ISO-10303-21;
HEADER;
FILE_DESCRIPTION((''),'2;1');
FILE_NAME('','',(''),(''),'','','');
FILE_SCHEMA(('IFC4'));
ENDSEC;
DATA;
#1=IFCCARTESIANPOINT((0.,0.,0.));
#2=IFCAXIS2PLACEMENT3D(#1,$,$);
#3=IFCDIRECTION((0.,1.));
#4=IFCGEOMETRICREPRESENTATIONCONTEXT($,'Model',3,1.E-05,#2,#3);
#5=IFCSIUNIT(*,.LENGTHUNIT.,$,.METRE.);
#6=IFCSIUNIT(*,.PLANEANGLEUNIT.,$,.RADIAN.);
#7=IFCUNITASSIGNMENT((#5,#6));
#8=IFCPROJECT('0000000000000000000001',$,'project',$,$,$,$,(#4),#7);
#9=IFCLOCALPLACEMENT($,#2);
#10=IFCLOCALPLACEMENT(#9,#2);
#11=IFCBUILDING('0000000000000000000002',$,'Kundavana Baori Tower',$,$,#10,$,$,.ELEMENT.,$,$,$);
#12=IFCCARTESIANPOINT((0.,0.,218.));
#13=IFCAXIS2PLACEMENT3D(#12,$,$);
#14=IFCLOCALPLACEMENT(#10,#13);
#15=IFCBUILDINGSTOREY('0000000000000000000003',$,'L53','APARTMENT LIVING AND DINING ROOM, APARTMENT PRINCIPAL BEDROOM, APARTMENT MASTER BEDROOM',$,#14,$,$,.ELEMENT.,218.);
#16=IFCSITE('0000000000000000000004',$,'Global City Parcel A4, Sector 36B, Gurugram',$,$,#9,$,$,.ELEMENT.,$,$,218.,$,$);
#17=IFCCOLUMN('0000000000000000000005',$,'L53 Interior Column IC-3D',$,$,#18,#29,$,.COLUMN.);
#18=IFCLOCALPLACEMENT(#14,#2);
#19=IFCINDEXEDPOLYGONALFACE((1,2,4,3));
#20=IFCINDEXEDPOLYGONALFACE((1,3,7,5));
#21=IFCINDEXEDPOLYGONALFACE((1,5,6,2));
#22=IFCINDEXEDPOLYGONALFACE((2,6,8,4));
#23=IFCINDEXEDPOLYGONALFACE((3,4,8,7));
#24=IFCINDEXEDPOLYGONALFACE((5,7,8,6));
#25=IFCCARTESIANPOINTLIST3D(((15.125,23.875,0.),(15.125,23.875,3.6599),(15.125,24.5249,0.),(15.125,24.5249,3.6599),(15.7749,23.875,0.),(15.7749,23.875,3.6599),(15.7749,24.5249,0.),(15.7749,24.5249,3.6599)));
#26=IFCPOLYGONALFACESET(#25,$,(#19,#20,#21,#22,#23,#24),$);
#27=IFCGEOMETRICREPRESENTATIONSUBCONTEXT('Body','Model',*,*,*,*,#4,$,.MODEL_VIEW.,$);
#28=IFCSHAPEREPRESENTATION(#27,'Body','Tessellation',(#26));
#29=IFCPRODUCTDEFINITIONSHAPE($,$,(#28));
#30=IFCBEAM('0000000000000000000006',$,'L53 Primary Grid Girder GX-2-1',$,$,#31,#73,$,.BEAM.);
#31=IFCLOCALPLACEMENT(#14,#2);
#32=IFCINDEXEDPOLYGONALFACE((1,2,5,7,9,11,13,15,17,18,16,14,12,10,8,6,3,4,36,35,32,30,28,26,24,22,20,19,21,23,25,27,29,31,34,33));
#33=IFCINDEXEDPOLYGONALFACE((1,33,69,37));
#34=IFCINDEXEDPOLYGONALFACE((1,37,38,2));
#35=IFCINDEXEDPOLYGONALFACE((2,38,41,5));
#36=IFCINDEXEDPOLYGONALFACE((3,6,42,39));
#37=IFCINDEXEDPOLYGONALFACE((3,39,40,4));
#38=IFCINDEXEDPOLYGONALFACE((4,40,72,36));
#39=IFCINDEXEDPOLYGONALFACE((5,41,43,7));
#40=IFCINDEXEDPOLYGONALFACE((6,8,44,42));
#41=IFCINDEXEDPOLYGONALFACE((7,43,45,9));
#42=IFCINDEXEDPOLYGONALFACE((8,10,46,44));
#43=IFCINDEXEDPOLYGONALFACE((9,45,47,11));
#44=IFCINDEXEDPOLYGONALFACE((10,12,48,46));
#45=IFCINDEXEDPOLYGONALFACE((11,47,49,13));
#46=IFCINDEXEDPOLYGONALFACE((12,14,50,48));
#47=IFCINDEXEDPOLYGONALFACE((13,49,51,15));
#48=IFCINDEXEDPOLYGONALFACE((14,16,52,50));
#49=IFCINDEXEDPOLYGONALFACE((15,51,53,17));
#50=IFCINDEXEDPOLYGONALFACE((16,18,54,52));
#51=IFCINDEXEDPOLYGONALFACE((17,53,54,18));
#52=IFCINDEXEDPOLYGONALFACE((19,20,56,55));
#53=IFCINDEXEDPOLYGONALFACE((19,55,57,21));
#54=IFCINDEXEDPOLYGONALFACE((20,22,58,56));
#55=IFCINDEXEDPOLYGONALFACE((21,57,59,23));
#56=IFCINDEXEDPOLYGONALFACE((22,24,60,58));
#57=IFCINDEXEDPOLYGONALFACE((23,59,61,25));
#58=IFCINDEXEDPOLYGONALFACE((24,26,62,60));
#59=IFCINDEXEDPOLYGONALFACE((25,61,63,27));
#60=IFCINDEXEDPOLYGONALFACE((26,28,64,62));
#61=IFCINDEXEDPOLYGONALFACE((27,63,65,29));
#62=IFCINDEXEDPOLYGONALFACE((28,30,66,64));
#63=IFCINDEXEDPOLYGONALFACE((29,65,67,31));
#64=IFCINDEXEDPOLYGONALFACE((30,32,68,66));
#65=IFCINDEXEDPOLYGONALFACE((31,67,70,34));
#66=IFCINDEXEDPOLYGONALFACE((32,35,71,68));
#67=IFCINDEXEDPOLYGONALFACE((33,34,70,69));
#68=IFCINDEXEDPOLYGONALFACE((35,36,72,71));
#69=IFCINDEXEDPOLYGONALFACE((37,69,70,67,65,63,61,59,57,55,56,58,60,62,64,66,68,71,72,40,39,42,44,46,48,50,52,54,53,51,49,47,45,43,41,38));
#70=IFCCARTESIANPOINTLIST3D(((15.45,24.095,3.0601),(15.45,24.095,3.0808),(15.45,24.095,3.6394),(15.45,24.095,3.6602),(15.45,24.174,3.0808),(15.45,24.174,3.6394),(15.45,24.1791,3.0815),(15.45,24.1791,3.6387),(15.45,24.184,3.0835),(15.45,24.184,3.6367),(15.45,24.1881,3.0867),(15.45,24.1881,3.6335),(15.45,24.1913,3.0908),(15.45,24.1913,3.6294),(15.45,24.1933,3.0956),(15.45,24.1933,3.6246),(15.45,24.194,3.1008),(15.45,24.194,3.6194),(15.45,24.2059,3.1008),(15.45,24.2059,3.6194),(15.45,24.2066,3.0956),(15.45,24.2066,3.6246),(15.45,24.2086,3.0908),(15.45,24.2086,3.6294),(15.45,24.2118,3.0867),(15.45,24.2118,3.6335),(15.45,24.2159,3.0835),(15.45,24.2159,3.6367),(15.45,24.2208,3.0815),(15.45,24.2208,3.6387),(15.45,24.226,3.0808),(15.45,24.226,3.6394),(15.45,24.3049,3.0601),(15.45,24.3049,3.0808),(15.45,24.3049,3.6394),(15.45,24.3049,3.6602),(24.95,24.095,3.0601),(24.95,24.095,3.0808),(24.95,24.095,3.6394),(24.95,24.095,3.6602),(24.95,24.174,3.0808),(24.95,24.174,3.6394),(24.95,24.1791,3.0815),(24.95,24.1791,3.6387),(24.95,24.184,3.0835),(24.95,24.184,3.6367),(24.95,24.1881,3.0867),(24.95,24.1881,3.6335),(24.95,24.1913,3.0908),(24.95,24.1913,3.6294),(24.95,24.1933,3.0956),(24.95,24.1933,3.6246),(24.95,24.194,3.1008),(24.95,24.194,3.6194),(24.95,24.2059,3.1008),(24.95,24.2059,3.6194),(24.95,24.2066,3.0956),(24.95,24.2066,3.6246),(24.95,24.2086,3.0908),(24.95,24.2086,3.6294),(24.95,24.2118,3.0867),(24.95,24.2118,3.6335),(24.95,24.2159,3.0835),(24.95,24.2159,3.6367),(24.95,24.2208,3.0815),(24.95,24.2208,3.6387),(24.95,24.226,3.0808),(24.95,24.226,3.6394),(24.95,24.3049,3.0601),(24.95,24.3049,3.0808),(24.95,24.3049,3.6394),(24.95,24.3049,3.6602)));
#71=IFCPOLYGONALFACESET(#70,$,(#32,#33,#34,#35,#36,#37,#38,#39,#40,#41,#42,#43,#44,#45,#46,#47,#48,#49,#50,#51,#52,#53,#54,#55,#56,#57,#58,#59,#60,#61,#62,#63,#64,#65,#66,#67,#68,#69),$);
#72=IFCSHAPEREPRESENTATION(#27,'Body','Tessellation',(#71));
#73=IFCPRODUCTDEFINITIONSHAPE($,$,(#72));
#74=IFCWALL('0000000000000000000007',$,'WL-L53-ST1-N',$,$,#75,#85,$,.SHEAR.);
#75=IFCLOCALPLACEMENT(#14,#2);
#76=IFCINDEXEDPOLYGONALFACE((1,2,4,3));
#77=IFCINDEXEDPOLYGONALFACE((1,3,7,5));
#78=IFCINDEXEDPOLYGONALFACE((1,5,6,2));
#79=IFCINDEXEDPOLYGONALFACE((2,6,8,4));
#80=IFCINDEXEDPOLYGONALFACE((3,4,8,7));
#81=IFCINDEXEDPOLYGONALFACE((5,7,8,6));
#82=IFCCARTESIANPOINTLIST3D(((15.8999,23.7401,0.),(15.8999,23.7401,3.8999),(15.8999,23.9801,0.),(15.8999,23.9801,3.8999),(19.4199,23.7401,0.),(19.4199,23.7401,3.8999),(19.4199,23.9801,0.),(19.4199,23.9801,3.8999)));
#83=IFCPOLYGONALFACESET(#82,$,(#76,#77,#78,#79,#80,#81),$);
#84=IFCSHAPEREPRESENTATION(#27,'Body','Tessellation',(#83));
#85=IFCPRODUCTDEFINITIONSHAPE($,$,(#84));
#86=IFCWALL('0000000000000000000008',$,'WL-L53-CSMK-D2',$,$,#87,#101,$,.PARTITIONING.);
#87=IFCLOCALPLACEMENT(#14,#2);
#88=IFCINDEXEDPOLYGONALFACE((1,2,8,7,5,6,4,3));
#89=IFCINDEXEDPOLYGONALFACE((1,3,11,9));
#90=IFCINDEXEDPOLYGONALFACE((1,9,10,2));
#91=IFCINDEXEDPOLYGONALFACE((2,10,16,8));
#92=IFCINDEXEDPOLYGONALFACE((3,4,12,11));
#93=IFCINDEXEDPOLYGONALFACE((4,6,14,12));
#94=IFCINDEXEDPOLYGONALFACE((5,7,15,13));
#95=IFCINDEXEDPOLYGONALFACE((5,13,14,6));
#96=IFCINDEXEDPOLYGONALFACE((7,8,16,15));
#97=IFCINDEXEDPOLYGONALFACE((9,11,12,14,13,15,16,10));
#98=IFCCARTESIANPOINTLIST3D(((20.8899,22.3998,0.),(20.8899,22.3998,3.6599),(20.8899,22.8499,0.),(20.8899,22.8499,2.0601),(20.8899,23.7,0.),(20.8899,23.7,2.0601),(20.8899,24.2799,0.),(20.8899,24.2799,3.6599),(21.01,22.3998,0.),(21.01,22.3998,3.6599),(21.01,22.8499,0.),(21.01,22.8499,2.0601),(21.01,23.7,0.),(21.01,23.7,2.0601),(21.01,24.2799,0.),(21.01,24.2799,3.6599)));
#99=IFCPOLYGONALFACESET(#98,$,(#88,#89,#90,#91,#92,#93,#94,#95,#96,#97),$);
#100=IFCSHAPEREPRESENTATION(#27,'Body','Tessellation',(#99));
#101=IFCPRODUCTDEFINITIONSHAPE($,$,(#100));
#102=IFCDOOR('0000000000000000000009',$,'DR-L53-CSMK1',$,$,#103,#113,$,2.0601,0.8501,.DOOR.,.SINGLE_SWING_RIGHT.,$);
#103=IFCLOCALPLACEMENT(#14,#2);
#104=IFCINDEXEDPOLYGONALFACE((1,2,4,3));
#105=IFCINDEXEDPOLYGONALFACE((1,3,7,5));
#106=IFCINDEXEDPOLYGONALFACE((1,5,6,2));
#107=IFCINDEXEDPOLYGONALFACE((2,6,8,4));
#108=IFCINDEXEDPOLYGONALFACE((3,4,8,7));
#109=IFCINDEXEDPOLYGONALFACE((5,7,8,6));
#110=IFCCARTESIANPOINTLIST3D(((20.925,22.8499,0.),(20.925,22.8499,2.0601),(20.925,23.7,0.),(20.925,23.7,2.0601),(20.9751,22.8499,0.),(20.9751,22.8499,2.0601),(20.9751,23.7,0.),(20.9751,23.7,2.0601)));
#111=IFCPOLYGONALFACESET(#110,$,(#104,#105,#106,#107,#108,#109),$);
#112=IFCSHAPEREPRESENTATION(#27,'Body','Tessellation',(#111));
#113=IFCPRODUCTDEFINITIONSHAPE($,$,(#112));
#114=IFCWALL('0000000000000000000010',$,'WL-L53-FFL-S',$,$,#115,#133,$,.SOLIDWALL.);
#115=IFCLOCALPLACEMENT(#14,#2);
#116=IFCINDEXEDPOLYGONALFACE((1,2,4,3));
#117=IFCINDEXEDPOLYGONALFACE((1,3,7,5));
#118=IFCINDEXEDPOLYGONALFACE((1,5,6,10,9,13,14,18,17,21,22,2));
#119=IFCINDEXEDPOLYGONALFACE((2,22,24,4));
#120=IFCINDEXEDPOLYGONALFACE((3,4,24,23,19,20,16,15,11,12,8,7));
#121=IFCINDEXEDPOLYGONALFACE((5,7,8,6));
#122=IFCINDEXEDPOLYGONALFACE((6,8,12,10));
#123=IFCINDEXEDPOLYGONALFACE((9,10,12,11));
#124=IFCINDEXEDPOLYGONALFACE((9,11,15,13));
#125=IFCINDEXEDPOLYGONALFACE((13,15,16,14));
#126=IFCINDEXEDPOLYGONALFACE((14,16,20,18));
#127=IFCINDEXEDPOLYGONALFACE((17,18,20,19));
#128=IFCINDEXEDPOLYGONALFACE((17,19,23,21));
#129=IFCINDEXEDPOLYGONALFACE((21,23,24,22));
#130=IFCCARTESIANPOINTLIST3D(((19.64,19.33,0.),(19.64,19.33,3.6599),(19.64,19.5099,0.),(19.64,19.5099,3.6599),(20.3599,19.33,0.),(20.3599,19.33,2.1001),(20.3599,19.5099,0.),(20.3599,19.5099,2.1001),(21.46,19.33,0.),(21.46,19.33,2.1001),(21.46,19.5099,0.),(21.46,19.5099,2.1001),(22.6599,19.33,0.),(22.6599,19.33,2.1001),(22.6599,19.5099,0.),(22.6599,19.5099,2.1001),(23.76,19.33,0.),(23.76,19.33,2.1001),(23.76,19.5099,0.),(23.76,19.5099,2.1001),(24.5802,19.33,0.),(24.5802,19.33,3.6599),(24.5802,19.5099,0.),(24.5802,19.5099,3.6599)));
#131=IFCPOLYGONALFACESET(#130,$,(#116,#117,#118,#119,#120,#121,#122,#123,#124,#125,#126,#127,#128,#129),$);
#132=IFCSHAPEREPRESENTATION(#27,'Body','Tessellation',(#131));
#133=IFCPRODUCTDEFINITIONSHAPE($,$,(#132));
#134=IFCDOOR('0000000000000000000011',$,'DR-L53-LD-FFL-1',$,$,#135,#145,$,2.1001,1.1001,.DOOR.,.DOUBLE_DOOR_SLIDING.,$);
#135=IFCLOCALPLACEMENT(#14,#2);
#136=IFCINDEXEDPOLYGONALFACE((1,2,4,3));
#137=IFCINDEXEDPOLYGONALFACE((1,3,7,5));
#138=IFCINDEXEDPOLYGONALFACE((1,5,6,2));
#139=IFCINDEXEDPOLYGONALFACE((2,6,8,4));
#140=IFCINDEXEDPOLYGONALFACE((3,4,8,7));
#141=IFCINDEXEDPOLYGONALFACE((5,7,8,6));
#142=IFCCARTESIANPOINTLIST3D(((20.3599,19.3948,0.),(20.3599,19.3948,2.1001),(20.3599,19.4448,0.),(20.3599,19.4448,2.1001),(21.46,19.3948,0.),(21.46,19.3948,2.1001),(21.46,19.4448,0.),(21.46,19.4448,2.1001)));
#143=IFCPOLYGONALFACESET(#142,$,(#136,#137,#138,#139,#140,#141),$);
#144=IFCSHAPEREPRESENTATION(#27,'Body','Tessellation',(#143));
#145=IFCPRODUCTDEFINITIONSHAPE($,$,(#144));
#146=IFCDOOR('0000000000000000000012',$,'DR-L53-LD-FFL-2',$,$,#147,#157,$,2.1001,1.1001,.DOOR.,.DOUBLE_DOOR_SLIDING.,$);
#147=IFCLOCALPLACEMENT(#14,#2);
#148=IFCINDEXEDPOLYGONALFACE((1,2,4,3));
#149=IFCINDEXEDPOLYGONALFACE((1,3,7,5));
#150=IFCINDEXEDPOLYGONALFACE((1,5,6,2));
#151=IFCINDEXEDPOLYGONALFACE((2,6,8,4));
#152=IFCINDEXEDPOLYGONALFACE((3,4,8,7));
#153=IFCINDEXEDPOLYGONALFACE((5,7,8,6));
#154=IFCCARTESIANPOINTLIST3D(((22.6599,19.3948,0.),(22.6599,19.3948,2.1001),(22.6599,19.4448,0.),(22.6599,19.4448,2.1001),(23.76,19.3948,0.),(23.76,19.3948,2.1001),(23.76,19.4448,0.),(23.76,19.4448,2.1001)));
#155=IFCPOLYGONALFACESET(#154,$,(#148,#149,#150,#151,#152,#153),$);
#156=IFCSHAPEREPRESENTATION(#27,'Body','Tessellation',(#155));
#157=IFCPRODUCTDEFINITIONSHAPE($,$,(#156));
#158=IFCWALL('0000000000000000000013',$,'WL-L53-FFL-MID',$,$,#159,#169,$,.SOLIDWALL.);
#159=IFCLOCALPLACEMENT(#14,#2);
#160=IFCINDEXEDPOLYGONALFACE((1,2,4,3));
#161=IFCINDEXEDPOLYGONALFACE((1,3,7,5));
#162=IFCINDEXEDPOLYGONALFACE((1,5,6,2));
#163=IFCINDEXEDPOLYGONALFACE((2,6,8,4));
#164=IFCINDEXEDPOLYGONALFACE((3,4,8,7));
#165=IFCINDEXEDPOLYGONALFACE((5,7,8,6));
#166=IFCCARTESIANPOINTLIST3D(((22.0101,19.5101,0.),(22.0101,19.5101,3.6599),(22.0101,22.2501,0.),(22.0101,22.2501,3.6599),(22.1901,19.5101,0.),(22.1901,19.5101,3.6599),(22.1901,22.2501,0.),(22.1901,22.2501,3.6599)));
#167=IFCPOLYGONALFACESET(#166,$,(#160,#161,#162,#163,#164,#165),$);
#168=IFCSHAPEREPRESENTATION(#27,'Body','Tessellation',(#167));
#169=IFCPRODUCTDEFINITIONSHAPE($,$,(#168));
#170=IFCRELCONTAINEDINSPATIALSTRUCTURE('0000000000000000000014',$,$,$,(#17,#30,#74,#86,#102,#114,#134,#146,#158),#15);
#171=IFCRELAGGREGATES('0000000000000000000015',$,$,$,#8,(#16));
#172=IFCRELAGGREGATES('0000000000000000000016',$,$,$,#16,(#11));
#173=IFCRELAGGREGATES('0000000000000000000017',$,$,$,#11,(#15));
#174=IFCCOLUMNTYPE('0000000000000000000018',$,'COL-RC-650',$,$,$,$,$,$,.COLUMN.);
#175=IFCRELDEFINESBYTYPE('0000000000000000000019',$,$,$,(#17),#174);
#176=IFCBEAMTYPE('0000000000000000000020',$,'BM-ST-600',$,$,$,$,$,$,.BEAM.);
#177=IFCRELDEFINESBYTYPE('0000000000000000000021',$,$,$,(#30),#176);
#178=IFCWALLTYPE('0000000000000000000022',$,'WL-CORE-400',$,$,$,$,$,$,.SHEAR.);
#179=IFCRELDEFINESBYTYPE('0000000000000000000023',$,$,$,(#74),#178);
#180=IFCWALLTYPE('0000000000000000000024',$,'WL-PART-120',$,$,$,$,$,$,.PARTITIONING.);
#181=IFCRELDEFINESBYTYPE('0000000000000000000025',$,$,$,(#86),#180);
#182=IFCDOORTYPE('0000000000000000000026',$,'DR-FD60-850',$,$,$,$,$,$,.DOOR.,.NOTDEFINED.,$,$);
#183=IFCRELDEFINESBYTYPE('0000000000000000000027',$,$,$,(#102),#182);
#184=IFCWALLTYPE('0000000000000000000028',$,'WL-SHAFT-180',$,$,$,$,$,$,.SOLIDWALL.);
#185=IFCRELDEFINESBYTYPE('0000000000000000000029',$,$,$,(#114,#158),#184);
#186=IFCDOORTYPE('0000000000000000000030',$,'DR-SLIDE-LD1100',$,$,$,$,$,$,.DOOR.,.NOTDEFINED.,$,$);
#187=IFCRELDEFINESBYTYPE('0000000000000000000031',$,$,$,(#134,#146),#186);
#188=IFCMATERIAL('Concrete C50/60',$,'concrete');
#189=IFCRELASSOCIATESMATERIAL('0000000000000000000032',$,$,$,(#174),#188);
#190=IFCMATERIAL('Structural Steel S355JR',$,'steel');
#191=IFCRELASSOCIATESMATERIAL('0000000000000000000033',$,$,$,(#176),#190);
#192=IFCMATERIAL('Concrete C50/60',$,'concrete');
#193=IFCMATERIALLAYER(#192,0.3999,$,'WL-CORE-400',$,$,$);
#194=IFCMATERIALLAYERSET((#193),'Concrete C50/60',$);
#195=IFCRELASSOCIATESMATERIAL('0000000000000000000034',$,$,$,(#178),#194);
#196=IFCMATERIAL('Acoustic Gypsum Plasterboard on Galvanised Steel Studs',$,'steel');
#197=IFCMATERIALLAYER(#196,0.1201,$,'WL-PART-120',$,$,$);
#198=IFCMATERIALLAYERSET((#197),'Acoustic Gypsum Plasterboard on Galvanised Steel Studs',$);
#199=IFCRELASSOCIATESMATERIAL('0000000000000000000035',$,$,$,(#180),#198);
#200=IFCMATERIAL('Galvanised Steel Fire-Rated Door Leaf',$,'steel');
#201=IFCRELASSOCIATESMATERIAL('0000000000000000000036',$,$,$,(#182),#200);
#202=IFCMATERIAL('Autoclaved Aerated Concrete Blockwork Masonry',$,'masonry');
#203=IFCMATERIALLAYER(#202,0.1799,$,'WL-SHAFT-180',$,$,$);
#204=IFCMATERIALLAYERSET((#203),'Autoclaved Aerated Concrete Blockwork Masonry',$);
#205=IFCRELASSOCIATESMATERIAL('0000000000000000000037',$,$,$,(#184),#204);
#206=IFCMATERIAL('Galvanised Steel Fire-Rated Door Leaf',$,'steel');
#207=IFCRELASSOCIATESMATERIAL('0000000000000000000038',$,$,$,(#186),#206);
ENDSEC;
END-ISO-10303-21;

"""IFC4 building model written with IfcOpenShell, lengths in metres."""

from ifc_helpers import new_model, si_unit, direction, frame, frame_2d, origin, origin_2d, place, context, subcontext, project, spatial, rectangle, i_section, extrude, material, layer, layer_set, material_profile, profile_set, type_object, element, fill, save


model = new_model("IFC4")

# Units and contexts
model_context = context("Model", 3, precision=1e-05, world=origin(), true_north=direction((0.0, 1.0)))
body_context = subcontext(model_context, "Body", "Model", "MODEL_VIEW")
ifc_project = project(units=[si_unit("LENGTHUNIT", "METRE"), si_unit("PLANEANGLEUNIT", "RADIAN")], contexts=[model_context])

# Site, building, storey
site_placement = place(None, origin())
site = spatial("IfcSite", under=ifc_project, at=site_placement, Name="Global City Parcel A4, Sector 36B, Gurugram", CompositionType="ELEMENT", RefElevation=218.0)
building_placement = place(site_placement, origin())
building = spatial("IfcBuilding", under=site, at=building_placement, Name="Kundavana Baori Tower", CompositionType="ELEMENT")
storey_placement = place(building_placement, frame((0.0, 0.0, 218.0)))
storey = spatial("IfcBuildingStorey", under=building, at=storey_placement, Name="L53", Description="APARTMENT LIVING AND DINING ROOM, APARTMENT PRINCIPAL BEDROOM, APARTMENT MASTER BEDROOM", CompositionType="ELEMENT", Elevation=218.0)

# Column
ifc_material_1 = material(Name="Concrete C50/60", Category="concrete")
ifc_material_profile_1 = material_profile(ifc_material_1, rectangle(XDim=0.6499, YDim=0.6499, at=origin_2d()), Name="RC 650x650")
ifc_profile_set_1 = profile_set([ifc_material_profile_1], Name="Concrete C50/60")
column_type = type_object("IfcColumnType", Name="COL-RC-650", PredefinedType="COLUMN", material=ifc_profile_set_1)
column_placement = place(storey_placement, frame((15.45, 24.2, 0.0), z_axis=(0.0, 0.0, 1.0), x_axis=(1.0, 0.0, 0.0)))
element("IfcColumn", 1, at=column_placement, inside=storey, type_object=column_type, Name="L53 Interior Column IC-3D", PredefinedType="COLUMN", context=body_context, shape_type="SweptSolid", body=[
    extrude(rectangle(XDim=0.6499, YDim=0.6499, at=origin_2d()), origin(), (0.0, 0.0, 1.0), 3.6599),
])

# Beam
ifc_material_2 = material(Name="Structural Steel S355JR", Category="steel")
ifc_material_profile_2 = material_profile(ifc_material_2, i_section(OverallWidth=0.21, OverallDepth=0.6001, WebThickness=0.012, FlangeThickness=0.0208, FilletRadius=0.02, at=origin_2d()), Name="ISMB 600")
ifc_profile_set_2 = profile_set([ifc_material_profile_2], Name="Structural Steel S355JR")
beam_type = type_object("IfcBeamType", Name="BM-ST-600", PredefinedType="BEAM", material=ifc_profile_set_2)
beam_placement = place(storey_placement, frame((15.45, 24.2, 3.3601), z_axis=(1.0, 0.0, 0.0), x_axis=(0.0, 1.0, 0.0)))
element("IfcBeam", 2, at=beam_placement, inside=storey, type_object=beam_type, Name="L53 Primary Grid Girder GX-2-1", PredefinedType="BEAM", context=body_context, shape_type="SweptSolid", body=[
    extrude(i_section(OverallWidth=0.21, OverallDepth=0.6001, WebThickness=0.012, FlangeThickness=0.0208, FilletRadius=0.02, at=origin_2d()), origin(), (0.0, 0.0, 1.0), 9.5),
])

# Wall
ifc_material_3 = material(Name="Concrete C50/60", Category="concrete")
ifc_layer_1 = layer(ifc_material_3, 0.3999, Name="WL-CORE-400")
ifc_layer_set_1 = layer_set([ifc_layer_1], Name="Concrete C50/60")
wall_type_1 = type_object("IfcWallType", Name="WL-CORE-400", PredefinedType="SHEAR", material=ifc_layer_set_1)
wall_1_placement = place(storey_placement, frame((15.8999, 23.8601, 0.0), z_axis=(0.0, 0.0, 1.0), x_axis=(1.0, 0.0, 0.0)))
element("IfcWall", 3, at=wall_1_placement, inside=storey, type_object=wall_type_1, Name="WL-L53-ST1-N", PredefinedType="SHEAR", context=body_context, shape_type="SweptSolid", body=[
    extrude(rectangle(XDim=3.52, YDim=0.24, at=frame_2d((1.76, 0.0))), origin(), (0.0, 0.0, 1.0), 3.8999),
])

# Wall, opening, door
ifc_material_4 = material(Name="Acoustic Gypsum Plasterboard on Galvanised Steel Studs", Category="steel")
ifc_layer_2 = layer(ifc_material_4, 0.1201, Name="WL-PART-120")
ifc_layer_set_2 = layer_set([ifc_layer_2], Name="Acoustic Gypsum Plasterboard on Galvanised Steel Studs")
wall_type_2 = type_object("IfcWallType", Name="WL-PART-120", PredefinedType="PARTITIONING", material=ifc_layer_set_2)
wall_2_placement = place(storey_placement, frame((20.95, 22.3999, 0.0), z_axis=(0.0, 0.0, 1.0), x_axis=(0.0, 1.0, 0.0)))
wall_2 = element("IfcWall", 4, at=wall_2_placement, inside=storey, type_object=wall_type_2, Name="WL-L53-CSMK-D2", PredefinedType="PARTITIONING", context=body_context, shape_type="SweptSolid", body=[
    extrude(rectangle(XDim=1.8801, YDim=0.1201, at=frame_2d((0.9399, 0.0))), origin(), (0.0, 0.0, 1.0), 3.6599),
])
opening_1_placement = place(wall_2_placement, frame((0.45, 0.0, 0.0)))
opening_1 = element("IfcOpeningElement", 5, at=opening_1_placement, cuts=wall_2, PredefinedType="OPENING", context=body_context, shape_type="SweptSolid", body=[
    extrude(rectangle(XDim=0.8501, YDim=2.0601, at=frame_2d((0.425, 1.03))), frame((0.0, 0.0701, 0.0), z_axis=(0.0, -1.0, 0.0), x_axis=(1.0, 0.0, 0.0)), (0.0, 0.0, 1.0), 0.1401),
])
ifc_material_5 = material(Name="Galvanised Steel Fire-Rated Door Leaf", Category="steel")
door_type_1 = type_object("IfcDoorType", Name="DR-FD60-850", OperationType="NOTDEFINED", PredefinedType="DOOR", material=ifc_material_5)
door_1_placement = place(opening_1_placement, origin())
door_1 = element("IfcDoor", 6, at=door_1_placement, inside=storey, type_object=door_type_1, Name="DR-L53-CSMK1", OperationType="SINGLE_SWING_RIGHT", OverallHeight=2.0601, OverallWidth=0.8501, PredefinedType="DOOR", context=body_context, shape_type="SweptSolid", body=[
    extrude(rectangle(XDim=0.8501, YDim=2.0601, at=frame_2d((0.425, 1.03))), frame((0.0, 0.0249, 0.0), z_axis=(0.0, -1.0, 0.0), x_axis=(1.0, 0.0, 0.0)), (0.0, 0.0, 1.0), 0.05),
])
fill(opening_1, door_1)

# Wall, openings, doors
ifc_material_6 = material(Name="Autoclaved Aerated Concrete Blockwork Masonry", Category="masonry")
ifc_layer_3 = layer(ifc_material_6, 0.1799, Name="WL-SHAFT-180")
ifc_layer_set_3 = layer_set([ifc_layer_3], Name="Autoclaved Aerated Concrete Blockwork Masonry")
wall_type_3 = type_object("IfcWallType", Name="WL-SHAFT-180", PredefinedType="SOLIDWALL", material=ifc_layer_set_3)
wall_3_placement = place(storey_placement, frame((19.6399, 19.4199, 0.0), z_axis=(0.0, 0.0, 1.0), x_axis=(1.0, 0.0, 0.0)))
wall_3 = element("IfcWall", 7, at=wall_3_placement, inside=storey, type_object=wall_type_3, Name="WL-L53-FFL-S", PredefinedType="SOLIDWALL", context=body_context, shape_type="SweptSolid", body=[
    extrude(rectangle(XDim=4.9402, YDim=0.1799, at=frame_2d((2.4702, 0.0))), origin(), (0.0, 0.0, 1.0), 3.6599),
])
opening_2_placement = place(wall_3_placement, frame((0.72, 0.0, 0.0)))
opening_2 = element("IfcOpeningElement", 8, at=opening_2_placement, cuts=wall_3, PredefinedType="OPENING", context=body_context, shape_type="SweptSolid", body=[
    extrude(rectangle(XDim=1.1001, YDim=2.1001, at=frame_2d((0.55, 1.05))), frame((0.0, 0.1001, 0.0), z_axis=(0.0, -1.0, 0.0), x_axis=(1.0, 0.0, 0.0)), (0.0, 0.0, 1.0), 0.2),
])
opening_3_placement = place(wall_3_placement, frame((3.02, 0.0, 0.0)))
opening_3 = element("IfcOpeningElement", 9, at=opening_3_placement, cuts=wall_3, PredefinedType="OPENING", context=body_context, shape_type="SweptSolid", body=[
    extrude(rectangle(XDim=1.1001, YDim=2.1001, at=frame_2d((0.55, 1.05))), frame((0.0, 0.1001, 0.0), z_axis=(0.0, -1.0, 0.0), x_axis=(1.0, 0.0, 0.0)), (0.0, 0.0, 1.0), 0.2),
])
ifc_material_7 = material(Name="Galvanised Steel Fire-Rated Door Leaf", Category="steel")
door_type_2 = type_object("IfcDoorType", Name="DR-SLIDE-LD1100", OperationType="NOTDEFINED", PredefinedType="DOOR", material=ifc_material_7)
door_2_placement = place(opening_2_placement, origin())
door_2 = element("IfcDoor", 10, at=door_2_placement, inside=storey, type_object=door_type_2, Name="DR-L53-LD-FFL-1", OperationType="DOUBLE_DOOR_SLIDING", OverallHeight=2.1001, OverallWidth=1.1001, PredefinedType="DOOR", context=body_context, shape_type="SweptSolid", body=[
    extrude(rectangle(XDim=1.1001, YDim=2.1001, at=frame_2d((0.55, 1.05))), frame((0.0, 0.0249, 0.0), z_axis=(0.0, -1.0, 0.0), x_axis=(1.0, 0.0, 0.0)), (0.0, 0.0, 1.0), 0.05),
])
fill(opening_2, door_2)
door_3_placement = place(opening_3_placement, origin())
door_3 = element("IfcDoor", 11, at=door_3_placement, inside=storey, type_object=door_type_2, Name="DR-L53-LD-FFL-2", OperationType="DOUBLE_DOOR_SLIDING", OverallHeight=2.1001, OverallWidth=1.1001, PredefinedType="DOOR", context=body_context, shape_type="SweptSolid", body=[
    extrude(rectangle(XDim=1.1001, YDim=2.1001, at=frame_2d((0.55, 1.05))), frame((0.0, 0.0249, 0.0), z_axis=(0.0, -1.0, 0.0), x_axis=(1.0, 0.0, 0.0)), (0.0, 0.0, 1.0), 0.05),
])
fill(opening_3, door_3)

# Wall
wall_4_placement = place(storey_placement, frame((22.1001, 19.51, 0.0), z_axis=(0.0, 0.0, 1.0), x_axis=(0.0, 1.0, 0.0)))
element("IfcWall", 12, at=wall_4_placement, inside=storey, type_object=wall_type_3, Name="WL-L53-FFL-MID", PredefinedType="SOLIDWALL", context=body_context, shape_type="SweptSolid", body=[
    extrude(rectangle(XDim=2.74, YDim=0.1799, at=frame_2d((1.3701, 0.0))), origin(), (0.0, 0.0, 1.0), 3.6599),
])

save(model, "model.ifc")
